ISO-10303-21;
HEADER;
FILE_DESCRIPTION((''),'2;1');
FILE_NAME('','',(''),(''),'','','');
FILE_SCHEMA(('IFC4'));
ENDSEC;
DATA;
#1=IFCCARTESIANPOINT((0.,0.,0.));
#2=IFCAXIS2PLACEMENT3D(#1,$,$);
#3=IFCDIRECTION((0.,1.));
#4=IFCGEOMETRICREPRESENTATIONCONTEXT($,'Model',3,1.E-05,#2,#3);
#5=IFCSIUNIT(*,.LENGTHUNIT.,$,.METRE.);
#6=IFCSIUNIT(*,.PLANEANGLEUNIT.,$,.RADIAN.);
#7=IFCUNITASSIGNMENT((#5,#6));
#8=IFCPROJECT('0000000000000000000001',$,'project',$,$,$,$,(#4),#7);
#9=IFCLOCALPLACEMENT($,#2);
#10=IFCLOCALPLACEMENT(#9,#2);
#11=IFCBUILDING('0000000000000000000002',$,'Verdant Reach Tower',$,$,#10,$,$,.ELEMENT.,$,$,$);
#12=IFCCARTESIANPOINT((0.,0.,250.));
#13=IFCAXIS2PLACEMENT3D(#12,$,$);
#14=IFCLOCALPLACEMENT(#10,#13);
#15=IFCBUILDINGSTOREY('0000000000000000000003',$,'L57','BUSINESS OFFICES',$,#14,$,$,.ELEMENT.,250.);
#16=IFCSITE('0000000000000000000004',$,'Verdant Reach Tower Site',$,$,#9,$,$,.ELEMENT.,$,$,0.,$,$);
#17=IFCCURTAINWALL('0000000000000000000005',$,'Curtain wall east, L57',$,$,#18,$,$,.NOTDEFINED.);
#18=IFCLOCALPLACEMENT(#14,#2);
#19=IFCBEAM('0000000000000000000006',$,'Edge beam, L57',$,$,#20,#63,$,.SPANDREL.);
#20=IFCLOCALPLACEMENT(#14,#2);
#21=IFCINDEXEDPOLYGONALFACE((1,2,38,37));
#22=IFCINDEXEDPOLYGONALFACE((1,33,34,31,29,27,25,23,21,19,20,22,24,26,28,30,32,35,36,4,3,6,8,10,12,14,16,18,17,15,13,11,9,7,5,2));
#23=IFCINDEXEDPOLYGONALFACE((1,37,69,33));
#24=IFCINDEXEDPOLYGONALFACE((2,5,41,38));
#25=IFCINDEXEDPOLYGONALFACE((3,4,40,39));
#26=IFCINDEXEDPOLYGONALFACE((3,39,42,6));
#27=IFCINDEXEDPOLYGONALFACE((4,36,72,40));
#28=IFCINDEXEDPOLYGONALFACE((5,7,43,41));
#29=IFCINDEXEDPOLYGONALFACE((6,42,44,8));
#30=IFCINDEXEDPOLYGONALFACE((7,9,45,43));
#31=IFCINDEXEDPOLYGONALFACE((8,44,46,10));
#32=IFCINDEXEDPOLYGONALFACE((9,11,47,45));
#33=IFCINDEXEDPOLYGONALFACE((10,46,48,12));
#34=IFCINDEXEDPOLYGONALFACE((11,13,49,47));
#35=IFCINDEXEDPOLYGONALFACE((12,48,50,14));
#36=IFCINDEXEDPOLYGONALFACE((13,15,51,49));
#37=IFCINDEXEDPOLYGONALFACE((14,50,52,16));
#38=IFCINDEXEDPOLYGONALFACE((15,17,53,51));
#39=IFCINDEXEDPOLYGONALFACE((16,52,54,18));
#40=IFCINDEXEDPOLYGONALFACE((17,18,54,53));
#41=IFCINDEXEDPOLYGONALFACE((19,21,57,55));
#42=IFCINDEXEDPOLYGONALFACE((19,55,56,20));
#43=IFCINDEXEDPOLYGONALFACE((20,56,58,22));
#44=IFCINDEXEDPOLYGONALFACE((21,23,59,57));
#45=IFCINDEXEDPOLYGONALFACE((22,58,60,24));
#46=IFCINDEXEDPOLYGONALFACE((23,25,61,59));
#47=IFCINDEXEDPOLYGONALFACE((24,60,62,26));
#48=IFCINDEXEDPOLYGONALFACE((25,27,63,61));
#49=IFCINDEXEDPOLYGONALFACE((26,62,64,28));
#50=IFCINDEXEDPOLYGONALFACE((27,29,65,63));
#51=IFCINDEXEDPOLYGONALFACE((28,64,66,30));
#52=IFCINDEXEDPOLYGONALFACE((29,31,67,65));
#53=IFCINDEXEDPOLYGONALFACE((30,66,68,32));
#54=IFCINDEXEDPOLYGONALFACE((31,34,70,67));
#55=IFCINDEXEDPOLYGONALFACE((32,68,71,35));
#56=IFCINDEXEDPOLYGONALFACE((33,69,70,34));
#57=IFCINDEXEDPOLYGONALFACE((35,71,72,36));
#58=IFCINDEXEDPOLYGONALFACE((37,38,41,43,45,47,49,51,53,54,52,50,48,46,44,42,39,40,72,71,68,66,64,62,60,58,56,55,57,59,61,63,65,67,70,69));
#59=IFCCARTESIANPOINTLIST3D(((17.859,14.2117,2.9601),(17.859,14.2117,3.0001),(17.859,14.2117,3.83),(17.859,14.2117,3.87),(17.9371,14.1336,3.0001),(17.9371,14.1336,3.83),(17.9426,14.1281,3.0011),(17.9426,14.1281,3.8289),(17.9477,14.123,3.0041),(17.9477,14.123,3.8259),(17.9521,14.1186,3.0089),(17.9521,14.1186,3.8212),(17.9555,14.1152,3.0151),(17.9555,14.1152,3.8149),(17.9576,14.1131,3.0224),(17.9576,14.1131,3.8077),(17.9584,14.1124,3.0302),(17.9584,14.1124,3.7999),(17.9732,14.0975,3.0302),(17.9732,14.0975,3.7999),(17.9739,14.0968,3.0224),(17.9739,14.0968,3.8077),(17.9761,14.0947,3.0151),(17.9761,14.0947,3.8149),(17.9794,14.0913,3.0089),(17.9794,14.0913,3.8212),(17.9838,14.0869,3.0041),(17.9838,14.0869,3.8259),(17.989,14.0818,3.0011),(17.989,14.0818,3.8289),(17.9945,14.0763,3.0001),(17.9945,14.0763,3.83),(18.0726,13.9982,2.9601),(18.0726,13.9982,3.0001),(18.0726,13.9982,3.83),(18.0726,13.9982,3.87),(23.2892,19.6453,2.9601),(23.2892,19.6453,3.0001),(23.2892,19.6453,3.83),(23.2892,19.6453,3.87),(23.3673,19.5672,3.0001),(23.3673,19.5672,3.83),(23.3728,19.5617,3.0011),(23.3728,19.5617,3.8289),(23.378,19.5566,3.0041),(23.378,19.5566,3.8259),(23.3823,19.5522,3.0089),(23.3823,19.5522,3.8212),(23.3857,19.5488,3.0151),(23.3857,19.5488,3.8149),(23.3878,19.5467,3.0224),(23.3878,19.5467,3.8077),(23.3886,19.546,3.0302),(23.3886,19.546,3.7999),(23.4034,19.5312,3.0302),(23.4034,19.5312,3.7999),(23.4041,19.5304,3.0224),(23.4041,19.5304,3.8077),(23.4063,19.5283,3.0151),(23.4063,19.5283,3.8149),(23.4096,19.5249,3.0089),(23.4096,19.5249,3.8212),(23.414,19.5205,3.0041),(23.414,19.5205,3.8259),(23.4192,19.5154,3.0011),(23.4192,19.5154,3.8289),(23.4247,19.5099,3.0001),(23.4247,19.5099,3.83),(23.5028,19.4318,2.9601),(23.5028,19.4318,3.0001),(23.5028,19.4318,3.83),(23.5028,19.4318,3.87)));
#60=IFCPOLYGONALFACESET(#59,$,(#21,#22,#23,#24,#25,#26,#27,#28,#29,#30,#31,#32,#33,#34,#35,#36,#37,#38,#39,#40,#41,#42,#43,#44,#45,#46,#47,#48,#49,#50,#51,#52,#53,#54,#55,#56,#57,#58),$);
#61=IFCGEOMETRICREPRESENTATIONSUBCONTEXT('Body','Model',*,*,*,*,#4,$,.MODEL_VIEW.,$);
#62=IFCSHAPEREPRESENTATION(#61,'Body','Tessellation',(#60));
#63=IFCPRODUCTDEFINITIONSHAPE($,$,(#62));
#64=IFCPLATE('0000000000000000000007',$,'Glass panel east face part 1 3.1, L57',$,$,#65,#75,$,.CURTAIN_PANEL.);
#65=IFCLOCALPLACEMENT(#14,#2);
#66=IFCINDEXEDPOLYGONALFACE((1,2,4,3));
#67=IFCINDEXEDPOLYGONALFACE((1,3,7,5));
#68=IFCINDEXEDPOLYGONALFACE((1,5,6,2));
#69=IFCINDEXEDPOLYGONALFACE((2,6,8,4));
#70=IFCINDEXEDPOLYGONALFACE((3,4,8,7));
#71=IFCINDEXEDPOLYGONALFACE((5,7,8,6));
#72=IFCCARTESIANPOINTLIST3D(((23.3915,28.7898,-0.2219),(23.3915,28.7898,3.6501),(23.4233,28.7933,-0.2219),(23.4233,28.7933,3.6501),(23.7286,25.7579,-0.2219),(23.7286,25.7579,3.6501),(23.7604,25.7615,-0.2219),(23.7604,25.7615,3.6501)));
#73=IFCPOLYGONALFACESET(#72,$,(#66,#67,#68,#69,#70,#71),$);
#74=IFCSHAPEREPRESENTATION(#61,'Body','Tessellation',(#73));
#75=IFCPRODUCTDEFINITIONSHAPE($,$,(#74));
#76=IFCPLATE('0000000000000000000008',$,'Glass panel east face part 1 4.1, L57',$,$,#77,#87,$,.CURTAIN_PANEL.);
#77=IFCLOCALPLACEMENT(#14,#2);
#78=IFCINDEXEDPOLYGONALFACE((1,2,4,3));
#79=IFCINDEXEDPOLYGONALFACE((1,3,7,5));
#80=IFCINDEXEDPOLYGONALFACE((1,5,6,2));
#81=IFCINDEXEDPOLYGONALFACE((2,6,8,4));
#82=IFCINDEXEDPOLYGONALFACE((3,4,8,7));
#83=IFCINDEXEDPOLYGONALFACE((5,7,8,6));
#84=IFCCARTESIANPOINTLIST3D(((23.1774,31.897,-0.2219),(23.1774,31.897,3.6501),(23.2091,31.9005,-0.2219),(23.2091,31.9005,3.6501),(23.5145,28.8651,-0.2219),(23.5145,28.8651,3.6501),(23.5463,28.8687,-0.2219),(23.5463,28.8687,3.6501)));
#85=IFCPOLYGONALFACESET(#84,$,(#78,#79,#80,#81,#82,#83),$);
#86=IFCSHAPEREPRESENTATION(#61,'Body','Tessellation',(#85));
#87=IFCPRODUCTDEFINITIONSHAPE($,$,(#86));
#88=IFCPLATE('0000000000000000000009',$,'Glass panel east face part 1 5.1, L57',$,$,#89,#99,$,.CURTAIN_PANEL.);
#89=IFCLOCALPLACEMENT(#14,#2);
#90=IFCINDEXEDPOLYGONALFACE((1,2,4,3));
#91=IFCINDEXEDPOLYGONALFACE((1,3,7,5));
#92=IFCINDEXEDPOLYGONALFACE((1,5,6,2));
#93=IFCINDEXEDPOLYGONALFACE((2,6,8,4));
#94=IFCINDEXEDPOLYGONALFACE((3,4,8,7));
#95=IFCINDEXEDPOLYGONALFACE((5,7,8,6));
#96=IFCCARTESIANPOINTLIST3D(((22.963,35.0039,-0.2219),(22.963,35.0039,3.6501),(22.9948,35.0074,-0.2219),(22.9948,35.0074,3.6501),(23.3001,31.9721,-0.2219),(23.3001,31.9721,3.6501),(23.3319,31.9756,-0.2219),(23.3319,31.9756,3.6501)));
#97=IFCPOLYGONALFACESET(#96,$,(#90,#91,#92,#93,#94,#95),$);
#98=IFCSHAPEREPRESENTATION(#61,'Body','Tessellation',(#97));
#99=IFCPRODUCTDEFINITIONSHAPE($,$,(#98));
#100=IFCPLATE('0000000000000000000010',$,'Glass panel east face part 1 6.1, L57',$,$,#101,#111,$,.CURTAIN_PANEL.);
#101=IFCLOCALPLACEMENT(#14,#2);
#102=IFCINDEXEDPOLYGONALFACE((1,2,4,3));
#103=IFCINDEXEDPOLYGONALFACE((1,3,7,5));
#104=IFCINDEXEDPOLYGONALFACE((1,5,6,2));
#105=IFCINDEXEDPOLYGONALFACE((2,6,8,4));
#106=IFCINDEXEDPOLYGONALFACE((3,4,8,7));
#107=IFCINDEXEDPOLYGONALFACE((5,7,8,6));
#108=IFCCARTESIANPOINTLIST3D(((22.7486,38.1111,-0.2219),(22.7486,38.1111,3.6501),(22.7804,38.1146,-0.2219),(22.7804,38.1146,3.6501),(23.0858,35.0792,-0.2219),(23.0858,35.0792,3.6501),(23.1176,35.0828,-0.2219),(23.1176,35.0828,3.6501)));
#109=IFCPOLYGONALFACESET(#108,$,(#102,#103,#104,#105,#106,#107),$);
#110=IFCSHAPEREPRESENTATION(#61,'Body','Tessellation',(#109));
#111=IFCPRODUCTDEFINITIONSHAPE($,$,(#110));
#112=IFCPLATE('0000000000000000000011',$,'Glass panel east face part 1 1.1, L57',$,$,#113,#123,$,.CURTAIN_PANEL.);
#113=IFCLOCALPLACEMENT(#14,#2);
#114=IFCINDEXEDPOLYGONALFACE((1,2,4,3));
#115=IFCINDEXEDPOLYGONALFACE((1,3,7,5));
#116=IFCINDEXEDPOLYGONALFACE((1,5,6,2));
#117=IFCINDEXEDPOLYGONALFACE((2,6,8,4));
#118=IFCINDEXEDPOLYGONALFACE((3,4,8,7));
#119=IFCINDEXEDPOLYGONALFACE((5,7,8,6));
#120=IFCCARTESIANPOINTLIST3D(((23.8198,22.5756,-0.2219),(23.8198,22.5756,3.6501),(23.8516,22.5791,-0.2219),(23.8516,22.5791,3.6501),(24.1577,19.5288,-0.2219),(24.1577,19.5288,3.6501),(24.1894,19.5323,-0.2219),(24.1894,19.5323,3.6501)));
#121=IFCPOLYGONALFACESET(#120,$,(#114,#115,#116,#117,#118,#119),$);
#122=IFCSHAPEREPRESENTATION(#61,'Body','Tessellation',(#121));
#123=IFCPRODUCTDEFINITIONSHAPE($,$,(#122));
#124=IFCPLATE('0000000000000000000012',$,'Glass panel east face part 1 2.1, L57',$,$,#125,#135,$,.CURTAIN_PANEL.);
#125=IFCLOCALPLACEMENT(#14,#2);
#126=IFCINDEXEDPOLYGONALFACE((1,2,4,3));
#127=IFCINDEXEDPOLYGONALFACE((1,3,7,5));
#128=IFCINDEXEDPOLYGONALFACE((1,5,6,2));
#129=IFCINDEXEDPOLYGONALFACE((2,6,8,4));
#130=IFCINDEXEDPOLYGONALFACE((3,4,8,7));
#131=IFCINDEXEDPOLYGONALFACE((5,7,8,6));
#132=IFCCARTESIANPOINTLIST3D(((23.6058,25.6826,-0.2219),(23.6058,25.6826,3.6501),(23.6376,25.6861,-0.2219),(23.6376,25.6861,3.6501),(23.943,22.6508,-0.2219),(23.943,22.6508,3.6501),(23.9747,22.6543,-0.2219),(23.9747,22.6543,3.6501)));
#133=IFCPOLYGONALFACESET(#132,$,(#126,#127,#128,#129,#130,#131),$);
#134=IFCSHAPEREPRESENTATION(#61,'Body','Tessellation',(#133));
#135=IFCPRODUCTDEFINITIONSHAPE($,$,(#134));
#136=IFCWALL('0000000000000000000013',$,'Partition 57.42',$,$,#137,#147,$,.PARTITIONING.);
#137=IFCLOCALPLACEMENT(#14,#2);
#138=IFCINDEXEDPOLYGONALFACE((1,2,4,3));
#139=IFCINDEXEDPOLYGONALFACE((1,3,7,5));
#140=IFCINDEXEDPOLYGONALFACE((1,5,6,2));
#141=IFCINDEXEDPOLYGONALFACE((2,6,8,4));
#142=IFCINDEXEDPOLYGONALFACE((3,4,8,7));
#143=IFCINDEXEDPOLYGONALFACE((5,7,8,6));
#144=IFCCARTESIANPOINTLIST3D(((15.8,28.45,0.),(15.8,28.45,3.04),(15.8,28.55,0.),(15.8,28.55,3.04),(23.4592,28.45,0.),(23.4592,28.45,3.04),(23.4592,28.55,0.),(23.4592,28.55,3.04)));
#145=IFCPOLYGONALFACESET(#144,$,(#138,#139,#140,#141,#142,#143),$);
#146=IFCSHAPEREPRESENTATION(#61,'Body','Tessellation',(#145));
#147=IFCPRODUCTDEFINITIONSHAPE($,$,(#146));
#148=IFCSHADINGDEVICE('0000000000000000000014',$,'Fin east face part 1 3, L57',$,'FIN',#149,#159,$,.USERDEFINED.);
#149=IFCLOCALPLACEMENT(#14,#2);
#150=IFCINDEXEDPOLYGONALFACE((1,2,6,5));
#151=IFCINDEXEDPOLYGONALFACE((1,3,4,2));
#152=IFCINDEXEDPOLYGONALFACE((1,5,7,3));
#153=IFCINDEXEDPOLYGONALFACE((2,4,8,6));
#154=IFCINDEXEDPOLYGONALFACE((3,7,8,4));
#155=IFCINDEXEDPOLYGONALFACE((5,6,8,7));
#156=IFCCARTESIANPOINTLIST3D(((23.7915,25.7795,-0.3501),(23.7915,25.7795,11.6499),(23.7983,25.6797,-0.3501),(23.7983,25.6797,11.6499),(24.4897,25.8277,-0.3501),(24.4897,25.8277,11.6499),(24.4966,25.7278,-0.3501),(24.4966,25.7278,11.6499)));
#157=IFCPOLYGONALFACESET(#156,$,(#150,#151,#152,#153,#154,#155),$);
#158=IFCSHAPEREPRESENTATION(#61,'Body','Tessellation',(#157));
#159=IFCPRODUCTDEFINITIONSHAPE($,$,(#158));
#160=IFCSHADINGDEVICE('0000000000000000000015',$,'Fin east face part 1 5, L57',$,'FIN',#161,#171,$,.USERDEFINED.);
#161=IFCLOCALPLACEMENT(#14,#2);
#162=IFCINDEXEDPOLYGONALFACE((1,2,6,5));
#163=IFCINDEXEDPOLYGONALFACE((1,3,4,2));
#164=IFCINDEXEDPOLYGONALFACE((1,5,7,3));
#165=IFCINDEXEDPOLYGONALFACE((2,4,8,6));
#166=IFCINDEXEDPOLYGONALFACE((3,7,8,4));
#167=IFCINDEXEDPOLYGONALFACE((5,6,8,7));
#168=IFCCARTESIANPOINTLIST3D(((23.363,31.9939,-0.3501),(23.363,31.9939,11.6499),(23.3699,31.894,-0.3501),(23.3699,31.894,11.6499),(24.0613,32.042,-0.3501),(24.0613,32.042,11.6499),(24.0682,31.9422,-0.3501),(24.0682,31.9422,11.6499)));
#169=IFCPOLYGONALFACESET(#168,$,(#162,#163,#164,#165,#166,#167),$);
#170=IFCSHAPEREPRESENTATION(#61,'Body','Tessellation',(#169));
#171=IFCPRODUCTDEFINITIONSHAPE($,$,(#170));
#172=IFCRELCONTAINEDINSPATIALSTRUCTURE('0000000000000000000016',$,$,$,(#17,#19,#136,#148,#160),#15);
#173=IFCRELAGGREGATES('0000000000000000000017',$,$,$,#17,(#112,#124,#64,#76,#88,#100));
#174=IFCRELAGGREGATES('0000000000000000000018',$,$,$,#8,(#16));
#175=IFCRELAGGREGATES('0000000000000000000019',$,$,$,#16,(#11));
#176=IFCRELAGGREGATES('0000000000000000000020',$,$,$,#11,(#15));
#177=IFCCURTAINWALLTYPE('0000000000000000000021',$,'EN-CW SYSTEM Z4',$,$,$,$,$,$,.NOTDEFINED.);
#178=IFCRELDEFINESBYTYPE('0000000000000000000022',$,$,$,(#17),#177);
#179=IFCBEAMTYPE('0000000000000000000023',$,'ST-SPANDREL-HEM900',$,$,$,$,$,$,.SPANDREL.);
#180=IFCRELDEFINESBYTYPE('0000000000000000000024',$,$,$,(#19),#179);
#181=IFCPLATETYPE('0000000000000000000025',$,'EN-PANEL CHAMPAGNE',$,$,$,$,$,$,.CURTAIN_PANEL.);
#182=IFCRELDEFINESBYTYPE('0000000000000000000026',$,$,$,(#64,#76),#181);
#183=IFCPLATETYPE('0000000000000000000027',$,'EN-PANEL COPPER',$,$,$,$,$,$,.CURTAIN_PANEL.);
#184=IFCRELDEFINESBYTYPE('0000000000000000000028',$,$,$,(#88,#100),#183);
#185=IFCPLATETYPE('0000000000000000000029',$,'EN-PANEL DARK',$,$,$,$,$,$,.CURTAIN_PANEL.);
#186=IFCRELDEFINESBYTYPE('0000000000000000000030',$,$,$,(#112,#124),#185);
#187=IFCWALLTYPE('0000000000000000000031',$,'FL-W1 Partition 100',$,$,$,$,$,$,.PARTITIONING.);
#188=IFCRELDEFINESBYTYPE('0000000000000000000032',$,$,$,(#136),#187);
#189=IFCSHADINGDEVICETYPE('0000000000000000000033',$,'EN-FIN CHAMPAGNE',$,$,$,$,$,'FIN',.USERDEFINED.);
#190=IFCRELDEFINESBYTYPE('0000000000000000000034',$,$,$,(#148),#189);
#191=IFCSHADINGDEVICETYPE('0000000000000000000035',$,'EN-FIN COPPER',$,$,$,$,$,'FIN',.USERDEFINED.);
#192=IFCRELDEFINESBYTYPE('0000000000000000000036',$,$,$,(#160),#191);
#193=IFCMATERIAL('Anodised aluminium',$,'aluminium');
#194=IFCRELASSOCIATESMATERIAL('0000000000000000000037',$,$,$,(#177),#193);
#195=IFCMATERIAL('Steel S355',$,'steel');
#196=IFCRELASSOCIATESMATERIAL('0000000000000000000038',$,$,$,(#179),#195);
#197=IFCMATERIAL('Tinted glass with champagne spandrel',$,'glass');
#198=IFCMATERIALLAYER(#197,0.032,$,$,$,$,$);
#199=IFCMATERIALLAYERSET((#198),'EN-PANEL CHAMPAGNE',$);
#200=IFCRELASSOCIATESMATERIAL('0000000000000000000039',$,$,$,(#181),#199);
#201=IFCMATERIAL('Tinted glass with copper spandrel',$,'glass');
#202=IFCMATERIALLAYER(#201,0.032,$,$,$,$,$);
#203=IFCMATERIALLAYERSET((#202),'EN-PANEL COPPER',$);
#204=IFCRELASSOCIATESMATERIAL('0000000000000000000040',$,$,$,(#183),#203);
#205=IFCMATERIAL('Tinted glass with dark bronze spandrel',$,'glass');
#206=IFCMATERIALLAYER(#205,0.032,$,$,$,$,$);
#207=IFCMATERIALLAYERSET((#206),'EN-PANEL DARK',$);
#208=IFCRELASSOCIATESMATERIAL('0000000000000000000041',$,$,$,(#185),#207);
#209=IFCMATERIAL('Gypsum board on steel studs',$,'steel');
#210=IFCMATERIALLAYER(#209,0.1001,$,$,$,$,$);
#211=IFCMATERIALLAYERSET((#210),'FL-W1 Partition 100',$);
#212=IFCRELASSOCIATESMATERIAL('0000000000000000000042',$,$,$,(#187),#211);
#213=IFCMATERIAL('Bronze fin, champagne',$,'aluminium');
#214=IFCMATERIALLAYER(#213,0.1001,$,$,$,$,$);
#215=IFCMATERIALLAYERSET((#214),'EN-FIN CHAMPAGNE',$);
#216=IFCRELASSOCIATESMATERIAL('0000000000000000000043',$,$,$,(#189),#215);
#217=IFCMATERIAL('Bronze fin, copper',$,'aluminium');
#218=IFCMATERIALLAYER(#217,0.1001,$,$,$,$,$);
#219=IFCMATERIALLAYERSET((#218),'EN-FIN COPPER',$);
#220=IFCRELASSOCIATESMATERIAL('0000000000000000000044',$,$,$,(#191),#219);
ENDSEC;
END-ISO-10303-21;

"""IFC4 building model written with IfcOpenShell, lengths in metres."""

from ifc_helpers import new_model, si_unit, direction, frame, frame_2d, origin, origin_2d, place, context, subcontext, project, spatial, rectangle, i_section, extrude, material, layer, layer_set, material_profile, profile_set, type_object, element, aggregate, save


model = new_model("IFC4")

# Units and contexts
model_context = context("Model", 3, precision=1e-05, world=origin(), true_north=direction((0.0, 1.0)))
body_context = subcontext(model_context, "Body", "Model", "MODEL_VIEW")
ifc_project = project(units=[si_unit("LENGTHUNIT", "METRE"), si_unit("PLANEANGLEUNIT", "RADIAN")], contexts=[model_context])

# Site, building, storey
site_placement = place(None, origin())
site = spatial("IfcSite", under=ifc_project, at=site_placement, Name="Verdant Reach Tower Site", CompositionType="ELEMENT", RefElevation=0.0)
building_placement = place(site_placement, origin())
building = spatial("IfcBuilding", under=site, at=building_placement, Name="Verdant Reach Tower", CompositionType="ELEMENT")
storey_placement = place(building_placement, frame((0.0, 0.0, 250.0)))
storey = spatial("IfcBuildingStorey", under=building, at=storey_placement, Name="L57", Description="BUSINESS OFFICES", CompositionType="ELEMENT", Elevation=250.0)

# Curtain wall
ifc_material_1 = material(Name="Anodised aluminium", Category="aluminium")
curtain_wall_type = type_object("IfcCurtainWallType", Name="EN-CW SYSTEM Z4", PredefinedType="NOTDEFINED", material=ifc_material_1)
curtain_wall_placement = place(storey_placement, origin())
curtain_wall = element("IfcCurtainWall", 1, at=curtain_wall_placement, inside=storey, type_object=curtain_wall_type, Name="Curtain wall east, L57", PredefinedType="NOTDEFINED")

# Beam
ifc_material_2 = material(Name="Steel S355", Category="steel")
ifc_material_profile_1 = material_profile(ifc_material_2, i_section(OverallWidth=0.302, OverallDepth=0.9099, WebThickness=0.021, FlangeThickness=0.04, FilletRadius=0.03, at=origin_2d()), Name="HEM 900")
ifc_profile_set_1 = profile_set([ifc_material_profile_1], Name="Steel S355")
beam_type_1 = type_object("IfcBeamType", Name="ST-SPANDREL-HEM900", PredefinedType="SPANDREL", material=ifc_profile_set_1)
beam_1_placement = place(storey_placement, frame((23.396, 19.5386, 3.415), z_axis=(-0.706884, -0.707329, 0.0), x_axis=(0.707329, -0.706884, 0.0)))
element("IfcBeam", 2, at=beam_1_placement, inside=storey, type_object=beam_type_1, Name="Edge beam, L57", PredefinedType="SPANDREL", context=body_context, shape_type="SweptSolid", body=[
    extrude(i_section(OverallWidth=0.302, OverallDepth=0.9099, WebThickness=0.021, FlangeThickness=0.04, FilletRadius=0.03, at=origin_2d()), origin(), (0.0, 0.0, 1.0), 7.6819),
])

# Plates
ifc_material_3 = material(Name="Tinted glass with champagne spandrel", Category="glass")
ifc_layer_1 = layer(ifc_material_3, 0.032)
ifc_layer_set_1 = layer_set([ifc_layer_1], Name="EN-PANEL CHAMPAGNE")
plate_type_1 = type_object("IfcPlateType", Name="EN-PANEL CHAMPAGNE", PredefinedType="CURTAIN_PANEL", material=ifc_layer_set_1)
plate_1_placement = place(storey_placement, frame((23.5759, 27.2756, -0.2219), z_axis=(0.0, 0.0, 1.0), x_axis=(-0.110518, 0.993874, 0.0)))
plate_1 = element("IfcPlate", 3, at=plate_1_placement, type_object=plate_type_1, Name="Glass panel east face part 1 3.1, L57", PredefinedType="CURTAIN_PANEL", context=body_context, shape_type="SweptSolid", body=[
    extrude(rectangle(XDim=3.0505, YDim=0.032, at=origin_2d()), origin(), (0.0, 0.0, 1.0), 3.8721),
])
plate_2_placement = place(storey_placement, frame((23.3618, 30.3828, -0.2219), z_axis=(0.0, 0.0, 1.0), x_axis=(-0.110518, 0.993874, 0.0)))
plate_2 = element("IfcPlate", 4, at=plate_2_placement, type_object=plate_type_1, Name="Glass panel east face part 1 4.1, L57", PredefinedType="CURTAIN_PANEL", context=body_context, shape_type="SweptSolid", body=[
    extrude(rectangle(XDim=3.0505, YDim=0.032, at=origin_2d()), origin(), (0.0, 0.0, 1.0), 3.8721),
])
ifc_material_4 = material(Name="Tinted glass with copper spandrel", Category="glass")
ifc_layer_2 = layer(ifc_material_4, 0.032)
ifc_layer_set_2 = layer_set([ifc_layer_2], Name="EN-PANEL COPPER")
plate_type_2 = type_object("IfcPlateType", Name="EN-PANEL COPPER", PredefinedType="CURTAIN_PANEL", material=ifc_layer_set_2)
plate_3_placement = place(storey_placement, frame((23.1475, 33.4897, -0.2219), z_axis=(0.0, 0.0, 1.0), x_axis=(-0.110518, 0.993874, 0.0)))
plate_3 = element("IfcPlate", 5, at=plate_3_placement, type_object=plate_type_2, Name="Glass panel east face part 1 5.1, L57", PredefinedType="CURTAIN_PANEL", context=body_context, shape_type="SweptSolid", body=[
    extrude(rectangle(XDim=3.0505, YDim=0.032, at=origin_2d()), origin(), (0.0, 0.0, 1.0), 3.8721),
])
plate_4_placement = place(storey_placement, frame((22.9331, 36.5969, -0.2219), z_axis=(0.0, 0.0, 1.0), x_axis=(-0.110518, 0.993874, 0.0)))
plate_4 = element("IfcPlate", 6, at=plate_4_placement, type_object=plate_type_2, Name="Glass panel east face part 1 6.1, L57", PredefinedType="CURTAIN_PANEL", context=body_context, shape_type="SweptSolid", body=[
    extrude(rectangle(XDim=3.0505, YDim=0.032, at=origin_2d()), origin(), (0.0, 0.0, 1.0), 3.8721),
])
ifc_material_5 = material(Name="Tinted glass with dark bronze spandrel", Category="glass")
ifc_layer_3 = layer(ifc_material_5, 0.032)
ifc_layer_set_3 = layer_set([ifc_layer_3], Name="EN-PANEL DARK")
plate_type_3 = type_object("IfcPlateType", Name="EN-PANEL DARK", PredefinedType="CURTAIN_PANEL", material=ifc_layer_set_3)
plate_5_placement = place(storey_placement, frame((24.0046, 21.054, -0.2219), z_axis=(0.0, 0.0, 1.0), x_axis=(-0.110206, 0.993909, 0.0)))
plate_5 = element("IfcPlate", 7, at=plate_5_placement, type_object=plate_type_3, Name="Glass panel east face part 1 1.1, L57", PredefinedType="CURTAIN_PANEL", context=body_context, shape_type="SweptSolid", body=[
    extrude(rectangle(XDim=3.0654, YDim=0.032, at=origin_2d()), origin(), (0.0, 0.0, 1.0), 3.8721),
])
plate_6_placement = place(storey_placement, frame((23.7903, 24.1685, -0.2219), z_axis=(0.0, 0.0, 1.0), x_axis=(-0.110518, 0.993874, 0.0)))
plate_6 = element("IfcPlate", 8, at=plate_6_placement, type_object=plate_type_3, Name="Glass panel east face part 1 2.1, L57", PredefinedType="CURTAIN_PANEL", context=body_context, shape_type="SweptSolid", body=[
    extrude(rectangle(XDim=3.0505, YDim=0.032, at=origin_2d()), origin(), (0.0, 0.0, 1.0), 3.8721),
])
aggregate(curtain_wall, [plate_5, plate_6, plate_1, plate_2, plate_3, plate_4])

# Wall
ifc_material_6 = material(Name="Gypsum board on steel studs", Category="steel")
ifc_layer_4 = layer(ifc_material_6, 0.1001)
ifc_layer_set_4 = layer_set([ifc_layer_4], Name="FL-W1 Partition 100")
wall_type = type_object("IfcWallType", Name="FL-W1 Partition 100", PredefinedType="PARTITIONING", material=ifc_layer_set_4)
wall_placement = place(storey_placement, frame((23.4592, 28.5, 0.0), z_axis=(0.0, 0.0, 1.0), x_axis=(-1.0, 0.0, 0.0)))
element("IfcWall", 9, at=wall_placement, inside=storey, type_object=wall_type, Name="Partition 57.42", PredefinedType="PARTITIONING", context=body_context, shape_type="SweptSolid", body=[
    extrude(rectangle(XDim=7.6592, YDim=0.1001, at=frame_2d((3.8296, 0.0))), origin(), (0.0, 0.0, 1.0), 3.04),
])

# Shading devices
ifc_material_7 = material(Name="Bronze fin, champagne", Category="aluminium")
ifc_layer_5 = layer(ifc_material_7, 0.1001)
ifc_layer_set_5 = layer_set([ifc_layer_5], Name="EN-FIN CHAMPAGNE")
shading_device_type_1 = type_object("IfcShadingDeviceType", Name="EN-FIN CHAMPAGNE", ElementType="FIN", PredefinedType="USERDEFINED", material=ifc_layer_set_5)
shading_device_1_placement = place(storey_placement, frame((24.144, 25.7537, -0.3501), z_axis=(0.0, 0.0, 1.0), x_axis=(-0.068802, 0.99763, 0.0)))
element("IfcShadingDevice", 10, at=shading_device_1_placement, inside=storey, type_object=shading_device_type_1, Name="Fin east face part 1 3, L57", ObjectType="FIN", PredefinedType="USERDEFINED", context=body_context, shape_type="SweptSolid", body=[
    extrude(rectangle(XDim=0.1001, YDim=0.7, at=origin_2d()), origin(), (0.0, 0.0, 1.0), 12.0),
])
ifc_material_8 = material(Name="Bronze fin, copper", Category="aluminium")
ifc_layer_6 = layer(ifc_material_8, 0.1001)
ifc_layer_set_6 = layer_set([ifc_layer_6], Name="EN-FIN COPPER")
shading_device_type_2 = type_object("IfcShadingDeviceType", Name="EN-FIN COPPER", ElementType="FIN", PredefinedType="USERDEFINED", material=ifc_layer_set_6)
shading_device_2_placement = place(storey_placement, frame((23.7156, 31.968, -0.3501), z_axis=(0.0, 0.0, 1.0), x_axis=(-0.068802, 0.99763, 0.0)))
element("IfcShadingDevice", 11, at=shading_device_2_placement, inside=storey, type_object=shading_device_type_2, Name="Fin east face part 1 5, L57", ObjectType="FIN", PredefinedType="USERDEFINED", context=body_context, shape_type="SweptSolid", body=[
    extrude(rectangle(XDim=0.1001, YDim=0.7, at=origin_2d()), origin(), (0.0, 0.0, 1.0), 12.0),
])

save(model, "model.ifc")
